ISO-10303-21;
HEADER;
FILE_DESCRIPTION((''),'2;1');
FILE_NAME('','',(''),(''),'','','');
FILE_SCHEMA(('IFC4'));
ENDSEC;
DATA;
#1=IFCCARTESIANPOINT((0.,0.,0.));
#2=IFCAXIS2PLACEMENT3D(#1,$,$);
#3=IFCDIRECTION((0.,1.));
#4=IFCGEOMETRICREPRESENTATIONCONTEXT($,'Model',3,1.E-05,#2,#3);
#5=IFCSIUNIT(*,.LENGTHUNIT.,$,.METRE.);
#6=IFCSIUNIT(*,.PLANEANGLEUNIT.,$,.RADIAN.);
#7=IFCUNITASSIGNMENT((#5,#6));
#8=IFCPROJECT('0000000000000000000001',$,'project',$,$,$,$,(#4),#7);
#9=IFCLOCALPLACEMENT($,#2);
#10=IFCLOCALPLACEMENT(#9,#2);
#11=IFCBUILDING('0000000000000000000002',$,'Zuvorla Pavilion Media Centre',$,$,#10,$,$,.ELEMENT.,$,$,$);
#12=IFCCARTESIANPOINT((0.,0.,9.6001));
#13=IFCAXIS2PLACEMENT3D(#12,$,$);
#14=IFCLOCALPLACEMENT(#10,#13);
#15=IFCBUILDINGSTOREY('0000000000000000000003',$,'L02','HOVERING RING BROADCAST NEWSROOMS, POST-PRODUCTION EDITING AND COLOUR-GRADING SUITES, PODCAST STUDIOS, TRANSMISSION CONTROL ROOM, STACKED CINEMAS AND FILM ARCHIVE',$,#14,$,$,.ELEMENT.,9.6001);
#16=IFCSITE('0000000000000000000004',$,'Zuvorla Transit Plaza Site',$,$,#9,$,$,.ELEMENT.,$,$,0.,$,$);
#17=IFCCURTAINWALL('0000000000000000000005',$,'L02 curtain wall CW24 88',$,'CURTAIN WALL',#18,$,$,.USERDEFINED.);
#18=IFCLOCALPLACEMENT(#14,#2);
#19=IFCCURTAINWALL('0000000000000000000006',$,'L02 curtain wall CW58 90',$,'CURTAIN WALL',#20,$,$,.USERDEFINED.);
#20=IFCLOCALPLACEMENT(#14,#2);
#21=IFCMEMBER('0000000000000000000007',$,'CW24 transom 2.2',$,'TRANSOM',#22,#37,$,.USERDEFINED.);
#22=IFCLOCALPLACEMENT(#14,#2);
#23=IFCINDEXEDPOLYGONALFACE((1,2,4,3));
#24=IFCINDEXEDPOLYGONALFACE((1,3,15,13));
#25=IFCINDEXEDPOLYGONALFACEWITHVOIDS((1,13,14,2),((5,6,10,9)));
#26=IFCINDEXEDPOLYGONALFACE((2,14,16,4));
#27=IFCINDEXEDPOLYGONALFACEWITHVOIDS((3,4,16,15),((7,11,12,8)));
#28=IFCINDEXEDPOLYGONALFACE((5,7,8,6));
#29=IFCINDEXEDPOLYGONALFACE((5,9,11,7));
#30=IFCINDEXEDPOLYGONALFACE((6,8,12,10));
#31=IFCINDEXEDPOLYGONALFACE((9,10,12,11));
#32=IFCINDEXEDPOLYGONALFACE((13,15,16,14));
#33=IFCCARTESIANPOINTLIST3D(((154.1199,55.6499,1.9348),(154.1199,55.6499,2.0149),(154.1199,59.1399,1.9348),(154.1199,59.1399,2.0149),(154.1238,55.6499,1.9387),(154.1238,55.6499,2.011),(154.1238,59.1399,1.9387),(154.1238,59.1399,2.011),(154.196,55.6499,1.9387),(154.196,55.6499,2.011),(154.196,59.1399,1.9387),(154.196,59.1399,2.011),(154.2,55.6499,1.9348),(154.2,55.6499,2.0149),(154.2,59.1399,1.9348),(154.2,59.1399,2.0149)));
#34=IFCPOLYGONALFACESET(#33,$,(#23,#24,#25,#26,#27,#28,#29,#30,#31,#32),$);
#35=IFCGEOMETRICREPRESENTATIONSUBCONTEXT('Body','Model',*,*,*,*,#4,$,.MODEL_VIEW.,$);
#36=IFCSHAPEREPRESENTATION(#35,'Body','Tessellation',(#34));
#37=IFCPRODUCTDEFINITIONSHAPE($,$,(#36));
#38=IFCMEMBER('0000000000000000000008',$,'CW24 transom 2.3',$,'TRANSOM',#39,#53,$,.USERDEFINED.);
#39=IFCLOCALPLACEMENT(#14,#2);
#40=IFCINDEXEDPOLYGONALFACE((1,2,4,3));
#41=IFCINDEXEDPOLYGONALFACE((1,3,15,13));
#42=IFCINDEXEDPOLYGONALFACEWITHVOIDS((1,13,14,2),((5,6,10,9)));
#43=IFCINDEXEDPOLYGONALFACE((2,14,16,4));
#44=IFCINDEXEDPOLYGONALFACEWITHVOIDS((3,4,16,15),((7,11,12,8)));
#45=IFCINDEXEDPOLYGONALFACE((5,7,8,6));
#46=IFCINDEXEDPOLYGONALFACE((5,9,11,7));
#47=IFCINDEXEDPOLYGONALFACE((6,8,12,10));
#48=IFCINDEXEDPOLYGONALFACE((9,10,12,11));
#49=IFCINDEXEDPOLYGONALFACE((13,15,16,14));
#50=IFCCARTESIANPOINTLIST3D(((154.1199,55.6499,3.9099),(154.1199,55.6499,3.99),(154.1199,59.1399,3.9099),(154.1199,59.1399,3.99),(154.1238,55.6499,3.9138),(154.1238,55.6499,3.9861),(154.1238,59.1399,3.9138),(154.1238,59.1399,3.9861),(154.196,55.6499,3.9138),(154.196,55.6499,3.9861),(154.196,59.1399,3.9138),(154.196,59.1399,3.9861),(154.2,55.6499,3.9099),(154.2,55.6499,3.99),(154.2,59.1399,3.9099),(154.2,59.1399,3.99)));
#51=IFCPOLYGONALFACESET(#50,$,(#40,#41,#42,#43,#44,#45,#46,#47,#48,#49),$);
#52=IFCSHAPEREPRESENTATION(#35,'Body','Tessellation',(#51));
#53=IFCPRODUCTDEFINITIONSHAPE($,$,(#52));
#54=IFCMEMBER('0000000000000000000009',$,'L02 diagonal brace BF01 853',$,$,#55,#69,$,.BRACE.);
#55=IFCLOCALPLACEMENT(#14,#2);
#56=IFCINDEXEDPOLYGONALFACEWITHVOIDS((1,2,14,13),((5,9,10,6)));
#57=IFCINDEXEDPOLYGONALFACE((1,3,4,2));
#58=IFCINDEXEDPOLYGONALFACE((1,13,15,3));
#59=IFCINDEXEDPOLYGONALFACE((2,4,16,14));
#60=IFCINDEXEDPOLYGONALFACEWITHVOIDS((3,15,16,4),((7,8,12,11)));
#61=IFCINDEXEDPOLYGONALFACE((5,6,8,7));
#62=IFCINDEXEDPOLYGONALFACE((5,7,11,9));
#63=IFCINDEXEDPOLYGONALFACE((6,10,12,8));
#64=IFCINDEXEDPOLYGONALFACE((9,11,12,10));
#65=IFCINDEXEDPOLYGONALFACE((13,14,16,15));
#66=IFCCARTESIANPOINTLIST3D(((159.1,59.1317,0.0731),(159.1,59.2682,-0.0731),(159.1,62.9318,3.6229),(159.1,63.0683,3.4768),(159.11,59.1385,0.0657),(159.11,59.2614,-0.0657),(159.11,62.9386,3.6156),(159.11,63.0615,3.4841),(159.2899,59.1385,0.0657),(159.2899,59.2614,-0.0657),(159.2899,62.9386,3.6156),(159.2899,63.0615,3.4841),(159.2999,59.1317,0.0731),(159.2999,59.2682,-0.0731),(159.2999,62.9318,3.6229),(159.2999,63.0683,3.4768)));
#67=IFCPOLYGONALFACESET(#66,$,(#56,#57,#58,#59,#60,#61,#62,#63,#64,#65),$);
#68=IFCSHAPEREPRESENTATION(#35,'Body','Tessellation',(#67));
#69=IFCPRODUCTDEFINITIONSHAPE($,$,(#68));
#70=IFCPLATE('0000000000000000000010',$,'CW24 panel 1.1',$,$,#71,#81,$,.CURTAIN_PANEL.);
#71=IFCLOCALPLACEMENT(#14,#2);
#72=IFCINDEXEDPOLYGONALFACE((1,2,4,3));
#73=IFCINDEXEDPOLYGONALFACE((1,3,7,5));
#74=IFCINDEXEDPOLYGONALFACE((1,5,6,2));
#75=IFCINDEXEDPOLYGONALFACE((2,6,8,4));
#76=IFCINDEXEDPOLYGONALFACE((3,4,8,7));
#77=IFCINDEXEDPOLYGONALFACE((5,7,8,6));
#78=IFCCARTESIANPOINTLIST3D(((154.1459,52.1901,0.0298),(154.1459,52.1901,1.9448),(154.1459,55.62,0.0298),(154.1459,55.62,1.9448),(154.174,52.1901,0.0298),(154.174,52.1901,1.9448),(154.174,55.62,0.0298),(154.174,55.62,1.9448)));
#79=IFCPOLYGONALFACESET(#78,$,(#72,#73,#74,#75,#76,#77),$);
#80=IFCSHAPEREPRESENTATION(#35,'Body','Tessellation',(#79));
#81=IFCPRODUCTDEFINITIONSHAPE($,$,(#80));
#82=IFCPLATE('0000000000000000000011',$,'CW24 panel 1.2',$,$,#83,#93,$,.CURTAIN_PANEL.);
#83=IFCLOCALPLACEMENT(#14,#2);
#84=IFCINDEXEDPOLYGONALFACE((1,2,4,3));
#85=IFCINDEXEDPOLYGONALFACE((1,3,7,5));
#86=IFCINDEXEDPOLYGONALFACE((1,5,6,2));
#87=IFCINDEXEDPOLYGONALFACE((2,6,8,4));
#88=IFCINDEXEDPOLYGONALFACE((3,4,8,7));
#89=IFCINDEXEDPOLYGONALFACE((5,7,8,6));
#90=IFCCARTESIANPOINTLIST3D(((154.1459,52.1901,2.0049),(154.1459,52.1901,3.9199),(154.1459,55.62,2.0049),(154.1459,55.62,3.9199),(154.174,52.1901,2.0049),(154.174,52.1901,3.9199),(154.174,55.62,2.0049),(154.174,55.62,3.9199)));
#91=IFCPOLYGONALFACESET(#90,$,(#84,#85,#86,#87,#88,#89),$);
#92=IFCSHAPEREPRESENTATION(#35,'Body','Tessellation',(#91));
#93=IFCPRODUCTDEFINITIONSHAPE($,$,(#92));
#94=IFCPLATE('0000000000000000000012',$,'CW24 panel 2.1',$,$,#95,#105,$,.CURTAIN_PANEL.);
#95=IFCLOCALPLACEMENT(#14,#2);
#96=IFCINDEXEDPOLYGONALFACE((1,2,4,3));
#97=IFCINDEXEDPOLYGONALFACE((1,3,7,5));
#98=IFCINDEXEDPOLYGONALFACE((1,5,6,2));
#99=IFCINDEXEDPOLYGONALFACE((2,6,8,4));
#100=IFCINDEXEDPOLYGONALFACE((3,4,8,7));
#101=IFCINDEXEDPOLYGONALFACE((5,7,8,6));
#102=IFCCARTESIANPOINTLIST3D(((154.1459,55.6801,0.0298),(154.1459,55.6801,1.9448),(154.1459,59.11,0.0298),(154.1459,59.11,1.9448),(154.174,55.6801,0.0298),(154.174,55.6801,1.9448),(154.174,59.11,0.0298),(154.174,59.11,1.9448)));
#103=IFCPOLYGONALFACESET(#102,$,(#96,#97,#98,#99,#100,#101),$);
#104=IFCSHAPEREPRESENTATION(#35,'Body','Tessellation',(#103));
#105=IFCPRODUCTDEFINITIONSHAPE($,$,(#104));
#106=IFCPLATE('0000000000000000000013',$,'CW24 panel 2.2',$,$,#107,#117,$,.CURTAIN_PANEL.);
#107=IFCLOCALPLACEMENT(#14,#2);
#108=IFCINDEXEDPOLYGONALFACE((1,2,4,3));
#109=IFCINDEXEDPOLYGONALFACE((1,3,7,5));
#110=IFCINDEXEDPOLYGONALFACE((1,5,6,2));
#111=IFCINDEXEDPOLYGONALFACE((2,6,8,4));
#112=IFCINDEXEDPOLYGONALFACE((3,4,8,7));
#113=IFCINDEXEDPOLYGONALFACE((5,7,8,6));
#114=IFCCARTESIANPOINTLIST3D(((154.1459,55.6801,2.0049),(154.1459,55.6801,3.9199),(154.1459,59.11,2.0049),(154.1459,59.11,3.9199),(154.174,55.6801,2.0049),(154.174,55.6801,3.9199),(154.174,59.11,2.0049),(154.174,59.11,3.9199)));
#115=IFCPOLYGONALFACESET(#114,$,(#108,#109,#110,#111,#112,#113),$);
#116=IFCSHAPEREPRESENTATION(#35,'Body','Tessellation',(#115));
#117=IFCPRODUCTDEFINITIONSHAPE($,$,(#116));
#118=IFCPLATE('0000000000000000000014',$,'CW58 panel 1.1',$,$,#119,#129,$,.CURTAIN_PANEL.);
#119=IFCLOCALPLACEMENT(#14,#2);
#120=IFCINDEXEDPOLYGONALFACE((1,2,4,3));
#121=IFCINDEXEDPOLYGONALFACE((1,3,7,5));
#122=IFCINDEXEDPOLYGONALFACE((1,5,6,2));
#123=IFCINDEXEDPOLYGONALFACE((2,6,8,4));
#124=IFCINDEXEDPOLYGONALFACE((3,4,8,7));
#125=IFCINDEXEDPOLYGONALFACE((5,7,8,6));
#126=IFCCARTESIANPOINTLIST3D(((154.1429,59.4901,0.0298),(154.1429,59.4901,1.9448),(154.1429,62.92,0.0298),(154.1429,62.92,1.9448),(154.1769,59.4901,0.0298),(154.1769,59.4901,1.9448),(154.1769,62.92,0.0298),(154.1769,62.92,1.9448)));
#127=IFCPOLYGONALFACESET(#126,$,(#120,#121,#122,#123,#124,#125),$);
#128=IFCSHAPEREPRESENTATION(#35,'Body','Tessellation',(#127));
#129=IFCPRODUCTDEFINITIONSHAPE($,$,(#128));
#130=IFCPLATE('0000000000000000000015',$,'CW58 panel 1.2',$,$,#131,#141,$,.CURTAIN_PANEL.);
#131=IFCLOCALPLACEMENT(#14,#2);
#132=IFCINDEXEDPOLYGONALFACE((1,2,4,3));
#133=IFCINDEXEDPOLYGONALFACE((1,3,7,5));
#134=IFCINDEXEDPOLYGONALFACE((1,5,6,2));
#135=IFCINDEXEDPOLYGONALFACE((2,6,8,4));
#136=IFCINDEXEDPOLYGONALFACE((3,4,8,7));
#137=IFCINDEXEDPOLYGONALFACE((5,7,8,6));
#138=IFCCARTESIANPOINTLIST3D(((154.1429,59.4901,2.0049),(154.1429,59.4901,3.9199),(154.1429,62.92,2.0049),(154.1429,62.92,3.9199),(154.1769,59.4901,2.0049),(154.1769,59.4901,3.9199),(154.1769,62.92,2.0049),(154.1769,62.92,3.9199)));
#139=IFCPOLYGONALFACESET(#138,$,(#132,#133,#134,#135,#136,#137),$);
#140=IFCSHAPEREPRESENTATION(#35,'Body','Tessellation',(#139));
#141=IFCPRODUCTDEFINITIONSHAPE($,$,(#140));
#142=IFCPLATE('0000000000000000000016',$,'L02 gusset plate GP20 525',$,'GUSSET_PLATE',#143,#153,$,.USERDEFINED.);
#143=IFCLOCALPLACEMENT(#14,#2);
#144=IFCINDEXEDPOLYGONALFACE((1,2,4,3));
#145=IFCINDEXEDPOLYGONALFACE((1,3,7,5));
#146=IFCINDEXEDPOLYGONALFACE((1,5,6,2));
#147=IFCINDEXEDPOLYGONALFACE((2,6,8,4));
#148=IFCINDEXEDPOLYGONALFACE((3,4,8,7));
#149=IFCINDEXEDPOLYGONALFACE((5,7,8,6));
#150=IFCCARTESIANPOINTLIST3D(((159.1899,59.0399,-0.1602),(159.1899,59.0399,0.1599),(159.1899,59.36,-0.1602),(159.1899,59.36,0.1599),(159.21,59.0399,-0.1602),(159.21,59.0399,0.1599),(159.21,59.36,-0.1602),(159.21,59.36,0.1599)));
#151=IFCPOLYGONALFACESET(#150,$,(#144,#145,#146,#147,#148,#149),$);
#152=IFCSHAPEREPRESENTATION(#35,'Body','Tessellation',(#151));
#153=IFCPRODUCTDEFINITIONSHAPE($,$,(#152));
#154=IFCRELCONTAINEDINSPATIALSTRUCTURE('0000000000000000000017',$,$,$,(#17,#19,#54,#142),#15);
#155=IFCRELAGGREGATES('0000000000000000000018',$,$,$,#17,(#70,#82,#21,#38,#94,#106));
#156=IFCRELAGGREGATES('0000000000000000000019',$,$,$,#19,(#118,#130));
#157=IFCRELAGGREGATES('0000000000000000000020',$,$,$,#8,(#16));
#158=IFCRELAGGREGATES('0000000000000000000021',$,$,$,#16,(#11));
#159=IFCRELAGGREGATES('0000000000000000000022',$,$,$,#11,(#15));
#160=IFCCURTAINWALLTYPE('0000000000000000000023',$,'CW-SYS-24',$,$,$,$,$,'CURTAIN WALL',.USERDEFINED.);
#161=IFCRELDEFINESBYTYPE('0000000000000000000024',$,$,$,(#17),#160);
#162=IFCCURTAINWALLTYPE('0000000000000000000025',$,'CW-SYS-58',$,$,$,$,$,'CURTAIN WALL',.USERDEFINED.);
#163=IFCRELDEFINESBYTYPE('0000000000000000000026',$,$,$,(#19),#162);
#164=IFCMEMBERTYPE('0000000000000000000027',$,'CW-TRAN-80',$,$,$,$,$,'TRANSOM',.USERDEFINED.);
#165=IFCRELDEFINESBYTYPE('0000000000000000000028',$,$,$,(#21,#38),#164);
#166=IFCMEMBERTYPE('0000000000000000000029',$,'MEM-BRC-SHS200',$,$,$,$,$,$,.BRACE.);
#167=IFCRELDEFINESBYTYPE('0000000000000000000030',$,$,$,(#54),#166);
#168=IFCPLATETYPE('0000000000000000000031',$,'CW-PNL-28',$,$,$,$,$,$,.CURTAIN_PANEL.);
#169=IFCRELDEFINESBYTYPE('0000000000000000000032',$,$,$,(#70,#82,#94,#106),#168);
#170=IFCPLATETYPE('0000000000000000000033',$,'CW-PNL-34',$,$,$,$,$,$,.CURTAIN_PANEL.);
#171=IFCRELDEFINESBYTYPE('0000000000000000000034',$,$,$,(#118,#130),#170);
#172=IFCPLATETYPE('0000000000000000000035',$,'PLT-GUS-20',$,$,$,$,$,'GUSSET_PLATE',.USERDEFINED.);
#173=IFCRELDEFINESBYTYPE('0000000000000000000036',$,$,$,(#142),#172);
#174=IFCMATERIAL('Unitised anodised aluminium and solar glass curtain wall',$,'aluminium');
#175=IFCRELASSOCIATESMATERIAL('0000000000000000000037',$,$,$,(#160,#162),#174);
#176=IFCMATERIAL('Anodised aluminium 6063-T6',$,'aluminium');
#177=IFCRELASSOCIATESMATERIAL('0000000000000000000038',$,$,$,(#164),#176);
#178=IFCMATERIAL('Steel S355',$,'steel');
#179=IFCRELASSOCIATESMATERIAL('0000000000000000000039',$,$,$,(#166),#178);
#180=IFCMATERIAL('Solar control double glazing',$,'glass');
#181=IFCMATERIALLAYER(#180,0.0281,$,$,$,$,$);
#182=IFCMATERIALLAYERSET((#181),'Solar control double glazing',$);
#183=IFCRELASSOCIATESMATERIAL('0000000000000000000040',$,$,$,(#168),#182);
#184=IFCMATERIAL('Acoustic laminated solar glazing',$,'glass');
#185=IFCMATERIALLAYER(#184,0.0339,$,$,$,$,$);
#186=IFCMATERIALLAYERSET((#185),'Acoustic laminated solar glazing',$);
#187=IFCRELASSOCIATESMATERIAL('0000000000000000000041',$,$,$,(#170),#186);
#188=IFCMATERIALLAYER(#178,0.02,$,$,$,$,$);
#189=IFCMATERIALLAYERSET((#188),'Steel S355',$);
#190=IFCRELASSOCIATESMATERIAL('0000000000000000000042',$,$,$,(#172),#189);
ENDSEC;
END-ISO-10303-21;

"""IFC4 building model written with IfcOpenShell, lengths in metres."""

from ifc_helpers import new_model, si_unit, direction, frame, origin, origin_2d, place, context, subcontext, project, spatial, rectangle, hollow_rectangle, extrude, material, layer, layer_set, material_profile, profile_set, type_object, element, aggregate, save


model = new_model("IFC4")

# Units and contexts
model_context = context("Model", 3, precision=1e-05, world=origin(), true_north=direction((0.0, 1.0)))
body_context = subcontext(model_context, "Body", "Model", "MODEL_VIEW")
ifc_project = project(units=[si_unit("LENGTHUNIT", "METRE"), si_unit("PLANEANGLEUNIT", "RADIAN")], contexts=[model_context])

# Site, building, storey
site_placement = place(None, origin())
site = spatial("IfcSite", under=ifc_project, at=site_placement, Name="Zuvorla Transit Plaza Site", CompositionType="ELEMENT", RefElevation=0.0)
building_placement = place(site_placement, origin())
building = spatial("IfcBuilding", under=site, at=building_placement, Name="Zuvorla Pavilion Media Centre", CompositionType="ELEMENT")
storey_placement = place(building_placement, frame((0.0, 0.0, 9.6001)))
storey = spatial("IfcBuildingStorey", under=building, at=storey_placement, Name="L02", Description="HOVERING RING BROADCAST NEWSROOMS, POST-PRODUCTION EDITING AND COLOUR-GRADING SUITES, PODCAST STUDIOS, TRANSMISSION CONTROL ROOM, STACKED CINEMAS AND FILM ARCHIVE", CompositionType="ELEMENT", Elevation=9.6001)

# Shared definitions
ifc_material_1 = material(Name="Steel S355", Category="steel")

# Curtain walls
ifc_material_2 = material(Name="Unitised anodised aluminium and solar glass curtain wall", Category="aluminium")
curtain_wall_type_1 = type_object("IfcCurtainWallType", Name="CW-SYS-24", ElementType="CURTAIN WALL", PredefinedType="USERDEFINED", material=ifc_material_2)
curtain_wall_1_placement = place(storey_placement, origin())
curtain_wall_1 = element("IfcCurtainWall", 1, at=curtain_wall_1_placement, inside=storey, type_object=curtain_wall_type_1, Name="L02 curtain wall CW24 88", ObjectType="CURTAIN WALL", PredefinedType="USERDEFINED")
ifc_material_3 = material(Name="Anodised aluminium 6063-T6", Category="aluminium")
curtain_wall_type_2 = type_object("IfcCurtainWallType", Name="CW-SYS-58", ElementType="CURTAIN WALL", PredefinedType="USERDEFINED", material=ifc_material_2)
curtain_wall_2_placement = place(storey_placement, origin())
curtain_wall_2 = element("IfcCurtainWall", 2, at=curtain_wall_2_placement, inside=storey, type_object=curtain_wall_type_2, Name="L02 curtain wall CW58 90", ObjectType="CURTAIN WALL", PredefinedType="USERDEFINED")

# Members
ifc_material_profile_1 = material_profile(ifc_material_3, hollow_rectangle(XDim=0.0801, YDim=0.0801, WallThickness=0.0039, at=origin_2d()), Name="ALU TRAN 80x80")
ifc_profile_set_1 = profile_set([ifc_material_profile_1], Name="Anodised aluminium 6063-T6")
member_type_1 = type_object("IfcMemberType", Name="CW-TRAN-80", ElementType="TRANSOM", PredefinedType="USERDEFINED", material=ifc_profile_set_1)
member_1_placement = place(storey_placement, frame((154.1599, 55.6499, 1.9749), z_axis=(0.0, 1.0, 0.0), x_axis=(-1.0, 0.0, 0.0)))
member_1 = element("IfcMember", 3, at=member_1_placement, type_object=member_type_1, Name="CW24 transom 2.2", ObjectType="TRANSOM", PredefinedType="USERDEFINED", context=body_context, shape_type="SweptSolid", body=[
    extrude(hollow_rectangle(XDim=0.0801, YDim=0.0801, WallThickness=0.0039, at=origin_2d()), origin(), (0.0, 0.0, 1.0), 3.49),
])
member_2_placement = place(storey_placement, frame((154.1599, 55.6499, 3.95), z_axis=(0.0, 1.0, 0.0), x_axis=(-1.0, 0.0, 0.0)))
member_2 = element("IfcMember", 4, at=member_2_placement, type_object=member_type_1, Name="CW24 transom 2.3", ObjectType="TRANSOM", PredefinedType="USERDEFINED", context=body_context, shape_type="SweptSolid", body=[
    extrude(hollow_rectangle(XDim=0.0801, YDim=0.0801, WallThickness=0.0039, at=origin_2d()), origin(), (0.0, 0.0, 1.0), 3.49),
])
ifc_material_profile_2 = material_profile(ifc_material_1, hollow_rectangle(XDim=0.2, YDim=0.2, WallThickness=0.01, at=origin_2d()), Name="SHS 200x200x10")
ifc_profile_set_2 = profile_set([ifc_material_profile_2], Name="Steel S355")
member_type_2 = type_object("IfcMemberType", Name="MEM-BRC-SHS200", PredefinedType="BRACE", material=ifc_profile_set_2)
member_3_placement = place(storey_placement, frame((159.2, 59.2, 0.0), z_axis=(0.0, 0.730759, 0.682636), x_axis=(-1.0, 0.0, 0.0)))
element("IfcMember", 5, at=member_3_placement, inside=storey, type_object=member_type_2, Name="L02 diagonal brace BF01 853", PredefinedType="BRACE", context=body_context, shape_type="SweptSolid", body=[
    extrude(hollow_rectangle(XDim=0.2, YDim=0.2, WallThickness=0.01, at=origin_2d()), origin(), (0.0, 0.0, 1.0), 5.2002),
])

# Plates
ifc_material_4 = material(Name="Solar control double glazing", Category="glass")
ifc_layer_1 = layer(ifc_material_4, 0.0281)
ifc_layer_set_1 = layer_set([ifc_layer_1], Name="Solar control double glazing")
plate_type_1 = type_object("IfcPlateType", Name="CW-PNL-28", PredefinedType="CURTAIN_PANEL", material=ifc_layer_set_1)
plate_1_placement = place(storey_placement, frame((154.1599, 53.905, 0.0298), z_axis=(0.0, 0.0, 1.0), x_axis=(0.0, 1.0, 0.0)))
plate_1 = element("IfcPlate", 6, at=plate_1_placement, type_object=plate_type_1, Name="CW24 panel 1.1", PredefinedType="CURTAIN_PANEL", context=body_context, shape_type="SweptSolid", body=[
    extrude(rectangle(XDim=3.4299, YDim=0.0281, at=origin_2d()), origin(), (0.0, 0.0, 1.0), 1.915),
])
plate_2_placement = place(storey_placement, frame((154.1599, 53.905, 2.0049), z_axis=(0.0, 0.0, 1.0), x_axis=(0.0, 1.0, 0.0)))
plate_2 = element("IfcPlate", 7, at=plate_2_placement, type_object=plate_type_1, Name="CW24 panel 1.2", PredefinedType="CURTAIN_PANEL", context=body_context, shape_type="SweptSolid", body=[
    extrude(rectangle(XDim=3.4299, YDim=0.0281, at=origin_2d()), origin(), (0.0, 0.0, 1.0), 1.915),
])
plate_3_placement = place(storey_placement, frame((154.1599, 57.395, 0.0298), z_axis=(0.0, 0.0, 1.0), x_axis=(0.0, 1.0, 0.0)))
plate_3 = element("IfcPlate", 8, at=plate_3_placement, type_object=plate_type_1, Name="CW24 panel 2.1", PredefinedType="CURTAIN_PANEL", context=body_context, shape_type="SweptSolid", body=[
    extrude(rectangle(XDim=3.4299, YDim=0.0281, at=origin_2d()), origin(), (0.0, 0.0, 1.0), 1.915),
])
plate_4_placement = place(storey_placement, frame((154.1599, 57.395, 2.0049), z_axis=(0.0, 0.0, 1.0), x_axis=(0.0, 1.0, 0.0)))
plate_4 = element("IfcPlate", 9, at=plate_4_placement, type_object=plate_type_1, Name="CW24 panel 2.2", PredefinedType="CURTAIN_PANEL", context=body_context, shape_type="SweptSolid", body=[
    extrude(rectangle(XDim=3.4299, YDim=0.0281, at=origin_2d()), origin(), (0.0, 0.0, 1.0), 1.915),
])
aggregate(curtain_wall_1, [plate_1, plate_2, member_1, member_2, plate_3, plate_4])
ifc_material_5 = material(Name="Acoustic laminated solar glazing", Category="glass")
ifc_layer_2 = layer(ifc_material_5, 0.0339)
ifc_layer_set_2 = layer_set([ifc_layer_2], Name="Acoustic laminated solar glazing")
plate_type_2 = type_object("IfcPlateType", Name="CW-PNL-34", PredefinedType="CURTAIN_PANEL", material=ifc_layer_set_2)
plate_5_placement = place(storey_placement, frame((154.1599, 61.2051, 0.0298), z_axis=(0.0, 0.0, 1.0), x_axis=(0.0, 1.0, 0.0)))
plate_5 = element("IfcPlate", 10, at=plate_5_placement, type_object=plate_type_2, Name="CW58 panel 1.1", PredefinedType="CURTAIN_PANEL", context=body_context, shape_type="SweptSolid", body=[
    extrude(rectangle(XDim=3.4299, YDim=0.0339, at=origin_2d()), origin(), (0.0, 0.0, 1.0), 1.915),
])
plate_6_placement = place(storey_placement, frame((154.1599, 61.2051, 2.0049), z_axis=(0.0, 0.0, 1.0), x_axis=(0.0, 1.0, 0.0)))
plate_6 = element("IfcPlate", 11, at=plate_6_placement, type_object=plate_type_2, Name="CW58 panel 1.2", PredefinedType="CURTAIN_PANEL", context=body_context, shape_type="SweptSolid", body=[
    extrude(rectangle(XDim=3.4299, YDim=0.0339, at=origin_2d()), origin(), (0.0, 0.0, 1.0), 1.915),
])
aggregate(curtain_wall_2, [plate_5, plate_6])
ifc_layer_3 = layer(ifc_material_1, 0.02)
ifc_layer_set_3 = layer_set([ifc_layer_3], Name="Steel S355")
plate_type_3 = type_object("IfcPlateType", Name="PLT-GUS-20", ElementType="GUSSET_PLATE", PredefinedType="USERDEFINED", material=ifc_layer_set_3)
plate_7_placement = place(storey_placement, frame((159.2, 59.2, -0.1602), z_axis=(0.0, 0.0, 1.0), x_axis=(1.0, 0.0, 0.0)))
element("IfcPlate", 12, at=plate_7_placement, inside=storey, type_object=plate_type_3, Name="L02 gusset plate GP20 525", ObjectType="GUSSET_PLATE", PredefinedType="USERDEFINED", context=body_context, shape_type="SweptSolid", body=[
    extrude(rectangle(XDim=0.02, YDim=0.3201, at=origin_2d()), origin(), (0.0, 0.0, 1.0), 0.3201),
])

save(model, "model.ifc")
